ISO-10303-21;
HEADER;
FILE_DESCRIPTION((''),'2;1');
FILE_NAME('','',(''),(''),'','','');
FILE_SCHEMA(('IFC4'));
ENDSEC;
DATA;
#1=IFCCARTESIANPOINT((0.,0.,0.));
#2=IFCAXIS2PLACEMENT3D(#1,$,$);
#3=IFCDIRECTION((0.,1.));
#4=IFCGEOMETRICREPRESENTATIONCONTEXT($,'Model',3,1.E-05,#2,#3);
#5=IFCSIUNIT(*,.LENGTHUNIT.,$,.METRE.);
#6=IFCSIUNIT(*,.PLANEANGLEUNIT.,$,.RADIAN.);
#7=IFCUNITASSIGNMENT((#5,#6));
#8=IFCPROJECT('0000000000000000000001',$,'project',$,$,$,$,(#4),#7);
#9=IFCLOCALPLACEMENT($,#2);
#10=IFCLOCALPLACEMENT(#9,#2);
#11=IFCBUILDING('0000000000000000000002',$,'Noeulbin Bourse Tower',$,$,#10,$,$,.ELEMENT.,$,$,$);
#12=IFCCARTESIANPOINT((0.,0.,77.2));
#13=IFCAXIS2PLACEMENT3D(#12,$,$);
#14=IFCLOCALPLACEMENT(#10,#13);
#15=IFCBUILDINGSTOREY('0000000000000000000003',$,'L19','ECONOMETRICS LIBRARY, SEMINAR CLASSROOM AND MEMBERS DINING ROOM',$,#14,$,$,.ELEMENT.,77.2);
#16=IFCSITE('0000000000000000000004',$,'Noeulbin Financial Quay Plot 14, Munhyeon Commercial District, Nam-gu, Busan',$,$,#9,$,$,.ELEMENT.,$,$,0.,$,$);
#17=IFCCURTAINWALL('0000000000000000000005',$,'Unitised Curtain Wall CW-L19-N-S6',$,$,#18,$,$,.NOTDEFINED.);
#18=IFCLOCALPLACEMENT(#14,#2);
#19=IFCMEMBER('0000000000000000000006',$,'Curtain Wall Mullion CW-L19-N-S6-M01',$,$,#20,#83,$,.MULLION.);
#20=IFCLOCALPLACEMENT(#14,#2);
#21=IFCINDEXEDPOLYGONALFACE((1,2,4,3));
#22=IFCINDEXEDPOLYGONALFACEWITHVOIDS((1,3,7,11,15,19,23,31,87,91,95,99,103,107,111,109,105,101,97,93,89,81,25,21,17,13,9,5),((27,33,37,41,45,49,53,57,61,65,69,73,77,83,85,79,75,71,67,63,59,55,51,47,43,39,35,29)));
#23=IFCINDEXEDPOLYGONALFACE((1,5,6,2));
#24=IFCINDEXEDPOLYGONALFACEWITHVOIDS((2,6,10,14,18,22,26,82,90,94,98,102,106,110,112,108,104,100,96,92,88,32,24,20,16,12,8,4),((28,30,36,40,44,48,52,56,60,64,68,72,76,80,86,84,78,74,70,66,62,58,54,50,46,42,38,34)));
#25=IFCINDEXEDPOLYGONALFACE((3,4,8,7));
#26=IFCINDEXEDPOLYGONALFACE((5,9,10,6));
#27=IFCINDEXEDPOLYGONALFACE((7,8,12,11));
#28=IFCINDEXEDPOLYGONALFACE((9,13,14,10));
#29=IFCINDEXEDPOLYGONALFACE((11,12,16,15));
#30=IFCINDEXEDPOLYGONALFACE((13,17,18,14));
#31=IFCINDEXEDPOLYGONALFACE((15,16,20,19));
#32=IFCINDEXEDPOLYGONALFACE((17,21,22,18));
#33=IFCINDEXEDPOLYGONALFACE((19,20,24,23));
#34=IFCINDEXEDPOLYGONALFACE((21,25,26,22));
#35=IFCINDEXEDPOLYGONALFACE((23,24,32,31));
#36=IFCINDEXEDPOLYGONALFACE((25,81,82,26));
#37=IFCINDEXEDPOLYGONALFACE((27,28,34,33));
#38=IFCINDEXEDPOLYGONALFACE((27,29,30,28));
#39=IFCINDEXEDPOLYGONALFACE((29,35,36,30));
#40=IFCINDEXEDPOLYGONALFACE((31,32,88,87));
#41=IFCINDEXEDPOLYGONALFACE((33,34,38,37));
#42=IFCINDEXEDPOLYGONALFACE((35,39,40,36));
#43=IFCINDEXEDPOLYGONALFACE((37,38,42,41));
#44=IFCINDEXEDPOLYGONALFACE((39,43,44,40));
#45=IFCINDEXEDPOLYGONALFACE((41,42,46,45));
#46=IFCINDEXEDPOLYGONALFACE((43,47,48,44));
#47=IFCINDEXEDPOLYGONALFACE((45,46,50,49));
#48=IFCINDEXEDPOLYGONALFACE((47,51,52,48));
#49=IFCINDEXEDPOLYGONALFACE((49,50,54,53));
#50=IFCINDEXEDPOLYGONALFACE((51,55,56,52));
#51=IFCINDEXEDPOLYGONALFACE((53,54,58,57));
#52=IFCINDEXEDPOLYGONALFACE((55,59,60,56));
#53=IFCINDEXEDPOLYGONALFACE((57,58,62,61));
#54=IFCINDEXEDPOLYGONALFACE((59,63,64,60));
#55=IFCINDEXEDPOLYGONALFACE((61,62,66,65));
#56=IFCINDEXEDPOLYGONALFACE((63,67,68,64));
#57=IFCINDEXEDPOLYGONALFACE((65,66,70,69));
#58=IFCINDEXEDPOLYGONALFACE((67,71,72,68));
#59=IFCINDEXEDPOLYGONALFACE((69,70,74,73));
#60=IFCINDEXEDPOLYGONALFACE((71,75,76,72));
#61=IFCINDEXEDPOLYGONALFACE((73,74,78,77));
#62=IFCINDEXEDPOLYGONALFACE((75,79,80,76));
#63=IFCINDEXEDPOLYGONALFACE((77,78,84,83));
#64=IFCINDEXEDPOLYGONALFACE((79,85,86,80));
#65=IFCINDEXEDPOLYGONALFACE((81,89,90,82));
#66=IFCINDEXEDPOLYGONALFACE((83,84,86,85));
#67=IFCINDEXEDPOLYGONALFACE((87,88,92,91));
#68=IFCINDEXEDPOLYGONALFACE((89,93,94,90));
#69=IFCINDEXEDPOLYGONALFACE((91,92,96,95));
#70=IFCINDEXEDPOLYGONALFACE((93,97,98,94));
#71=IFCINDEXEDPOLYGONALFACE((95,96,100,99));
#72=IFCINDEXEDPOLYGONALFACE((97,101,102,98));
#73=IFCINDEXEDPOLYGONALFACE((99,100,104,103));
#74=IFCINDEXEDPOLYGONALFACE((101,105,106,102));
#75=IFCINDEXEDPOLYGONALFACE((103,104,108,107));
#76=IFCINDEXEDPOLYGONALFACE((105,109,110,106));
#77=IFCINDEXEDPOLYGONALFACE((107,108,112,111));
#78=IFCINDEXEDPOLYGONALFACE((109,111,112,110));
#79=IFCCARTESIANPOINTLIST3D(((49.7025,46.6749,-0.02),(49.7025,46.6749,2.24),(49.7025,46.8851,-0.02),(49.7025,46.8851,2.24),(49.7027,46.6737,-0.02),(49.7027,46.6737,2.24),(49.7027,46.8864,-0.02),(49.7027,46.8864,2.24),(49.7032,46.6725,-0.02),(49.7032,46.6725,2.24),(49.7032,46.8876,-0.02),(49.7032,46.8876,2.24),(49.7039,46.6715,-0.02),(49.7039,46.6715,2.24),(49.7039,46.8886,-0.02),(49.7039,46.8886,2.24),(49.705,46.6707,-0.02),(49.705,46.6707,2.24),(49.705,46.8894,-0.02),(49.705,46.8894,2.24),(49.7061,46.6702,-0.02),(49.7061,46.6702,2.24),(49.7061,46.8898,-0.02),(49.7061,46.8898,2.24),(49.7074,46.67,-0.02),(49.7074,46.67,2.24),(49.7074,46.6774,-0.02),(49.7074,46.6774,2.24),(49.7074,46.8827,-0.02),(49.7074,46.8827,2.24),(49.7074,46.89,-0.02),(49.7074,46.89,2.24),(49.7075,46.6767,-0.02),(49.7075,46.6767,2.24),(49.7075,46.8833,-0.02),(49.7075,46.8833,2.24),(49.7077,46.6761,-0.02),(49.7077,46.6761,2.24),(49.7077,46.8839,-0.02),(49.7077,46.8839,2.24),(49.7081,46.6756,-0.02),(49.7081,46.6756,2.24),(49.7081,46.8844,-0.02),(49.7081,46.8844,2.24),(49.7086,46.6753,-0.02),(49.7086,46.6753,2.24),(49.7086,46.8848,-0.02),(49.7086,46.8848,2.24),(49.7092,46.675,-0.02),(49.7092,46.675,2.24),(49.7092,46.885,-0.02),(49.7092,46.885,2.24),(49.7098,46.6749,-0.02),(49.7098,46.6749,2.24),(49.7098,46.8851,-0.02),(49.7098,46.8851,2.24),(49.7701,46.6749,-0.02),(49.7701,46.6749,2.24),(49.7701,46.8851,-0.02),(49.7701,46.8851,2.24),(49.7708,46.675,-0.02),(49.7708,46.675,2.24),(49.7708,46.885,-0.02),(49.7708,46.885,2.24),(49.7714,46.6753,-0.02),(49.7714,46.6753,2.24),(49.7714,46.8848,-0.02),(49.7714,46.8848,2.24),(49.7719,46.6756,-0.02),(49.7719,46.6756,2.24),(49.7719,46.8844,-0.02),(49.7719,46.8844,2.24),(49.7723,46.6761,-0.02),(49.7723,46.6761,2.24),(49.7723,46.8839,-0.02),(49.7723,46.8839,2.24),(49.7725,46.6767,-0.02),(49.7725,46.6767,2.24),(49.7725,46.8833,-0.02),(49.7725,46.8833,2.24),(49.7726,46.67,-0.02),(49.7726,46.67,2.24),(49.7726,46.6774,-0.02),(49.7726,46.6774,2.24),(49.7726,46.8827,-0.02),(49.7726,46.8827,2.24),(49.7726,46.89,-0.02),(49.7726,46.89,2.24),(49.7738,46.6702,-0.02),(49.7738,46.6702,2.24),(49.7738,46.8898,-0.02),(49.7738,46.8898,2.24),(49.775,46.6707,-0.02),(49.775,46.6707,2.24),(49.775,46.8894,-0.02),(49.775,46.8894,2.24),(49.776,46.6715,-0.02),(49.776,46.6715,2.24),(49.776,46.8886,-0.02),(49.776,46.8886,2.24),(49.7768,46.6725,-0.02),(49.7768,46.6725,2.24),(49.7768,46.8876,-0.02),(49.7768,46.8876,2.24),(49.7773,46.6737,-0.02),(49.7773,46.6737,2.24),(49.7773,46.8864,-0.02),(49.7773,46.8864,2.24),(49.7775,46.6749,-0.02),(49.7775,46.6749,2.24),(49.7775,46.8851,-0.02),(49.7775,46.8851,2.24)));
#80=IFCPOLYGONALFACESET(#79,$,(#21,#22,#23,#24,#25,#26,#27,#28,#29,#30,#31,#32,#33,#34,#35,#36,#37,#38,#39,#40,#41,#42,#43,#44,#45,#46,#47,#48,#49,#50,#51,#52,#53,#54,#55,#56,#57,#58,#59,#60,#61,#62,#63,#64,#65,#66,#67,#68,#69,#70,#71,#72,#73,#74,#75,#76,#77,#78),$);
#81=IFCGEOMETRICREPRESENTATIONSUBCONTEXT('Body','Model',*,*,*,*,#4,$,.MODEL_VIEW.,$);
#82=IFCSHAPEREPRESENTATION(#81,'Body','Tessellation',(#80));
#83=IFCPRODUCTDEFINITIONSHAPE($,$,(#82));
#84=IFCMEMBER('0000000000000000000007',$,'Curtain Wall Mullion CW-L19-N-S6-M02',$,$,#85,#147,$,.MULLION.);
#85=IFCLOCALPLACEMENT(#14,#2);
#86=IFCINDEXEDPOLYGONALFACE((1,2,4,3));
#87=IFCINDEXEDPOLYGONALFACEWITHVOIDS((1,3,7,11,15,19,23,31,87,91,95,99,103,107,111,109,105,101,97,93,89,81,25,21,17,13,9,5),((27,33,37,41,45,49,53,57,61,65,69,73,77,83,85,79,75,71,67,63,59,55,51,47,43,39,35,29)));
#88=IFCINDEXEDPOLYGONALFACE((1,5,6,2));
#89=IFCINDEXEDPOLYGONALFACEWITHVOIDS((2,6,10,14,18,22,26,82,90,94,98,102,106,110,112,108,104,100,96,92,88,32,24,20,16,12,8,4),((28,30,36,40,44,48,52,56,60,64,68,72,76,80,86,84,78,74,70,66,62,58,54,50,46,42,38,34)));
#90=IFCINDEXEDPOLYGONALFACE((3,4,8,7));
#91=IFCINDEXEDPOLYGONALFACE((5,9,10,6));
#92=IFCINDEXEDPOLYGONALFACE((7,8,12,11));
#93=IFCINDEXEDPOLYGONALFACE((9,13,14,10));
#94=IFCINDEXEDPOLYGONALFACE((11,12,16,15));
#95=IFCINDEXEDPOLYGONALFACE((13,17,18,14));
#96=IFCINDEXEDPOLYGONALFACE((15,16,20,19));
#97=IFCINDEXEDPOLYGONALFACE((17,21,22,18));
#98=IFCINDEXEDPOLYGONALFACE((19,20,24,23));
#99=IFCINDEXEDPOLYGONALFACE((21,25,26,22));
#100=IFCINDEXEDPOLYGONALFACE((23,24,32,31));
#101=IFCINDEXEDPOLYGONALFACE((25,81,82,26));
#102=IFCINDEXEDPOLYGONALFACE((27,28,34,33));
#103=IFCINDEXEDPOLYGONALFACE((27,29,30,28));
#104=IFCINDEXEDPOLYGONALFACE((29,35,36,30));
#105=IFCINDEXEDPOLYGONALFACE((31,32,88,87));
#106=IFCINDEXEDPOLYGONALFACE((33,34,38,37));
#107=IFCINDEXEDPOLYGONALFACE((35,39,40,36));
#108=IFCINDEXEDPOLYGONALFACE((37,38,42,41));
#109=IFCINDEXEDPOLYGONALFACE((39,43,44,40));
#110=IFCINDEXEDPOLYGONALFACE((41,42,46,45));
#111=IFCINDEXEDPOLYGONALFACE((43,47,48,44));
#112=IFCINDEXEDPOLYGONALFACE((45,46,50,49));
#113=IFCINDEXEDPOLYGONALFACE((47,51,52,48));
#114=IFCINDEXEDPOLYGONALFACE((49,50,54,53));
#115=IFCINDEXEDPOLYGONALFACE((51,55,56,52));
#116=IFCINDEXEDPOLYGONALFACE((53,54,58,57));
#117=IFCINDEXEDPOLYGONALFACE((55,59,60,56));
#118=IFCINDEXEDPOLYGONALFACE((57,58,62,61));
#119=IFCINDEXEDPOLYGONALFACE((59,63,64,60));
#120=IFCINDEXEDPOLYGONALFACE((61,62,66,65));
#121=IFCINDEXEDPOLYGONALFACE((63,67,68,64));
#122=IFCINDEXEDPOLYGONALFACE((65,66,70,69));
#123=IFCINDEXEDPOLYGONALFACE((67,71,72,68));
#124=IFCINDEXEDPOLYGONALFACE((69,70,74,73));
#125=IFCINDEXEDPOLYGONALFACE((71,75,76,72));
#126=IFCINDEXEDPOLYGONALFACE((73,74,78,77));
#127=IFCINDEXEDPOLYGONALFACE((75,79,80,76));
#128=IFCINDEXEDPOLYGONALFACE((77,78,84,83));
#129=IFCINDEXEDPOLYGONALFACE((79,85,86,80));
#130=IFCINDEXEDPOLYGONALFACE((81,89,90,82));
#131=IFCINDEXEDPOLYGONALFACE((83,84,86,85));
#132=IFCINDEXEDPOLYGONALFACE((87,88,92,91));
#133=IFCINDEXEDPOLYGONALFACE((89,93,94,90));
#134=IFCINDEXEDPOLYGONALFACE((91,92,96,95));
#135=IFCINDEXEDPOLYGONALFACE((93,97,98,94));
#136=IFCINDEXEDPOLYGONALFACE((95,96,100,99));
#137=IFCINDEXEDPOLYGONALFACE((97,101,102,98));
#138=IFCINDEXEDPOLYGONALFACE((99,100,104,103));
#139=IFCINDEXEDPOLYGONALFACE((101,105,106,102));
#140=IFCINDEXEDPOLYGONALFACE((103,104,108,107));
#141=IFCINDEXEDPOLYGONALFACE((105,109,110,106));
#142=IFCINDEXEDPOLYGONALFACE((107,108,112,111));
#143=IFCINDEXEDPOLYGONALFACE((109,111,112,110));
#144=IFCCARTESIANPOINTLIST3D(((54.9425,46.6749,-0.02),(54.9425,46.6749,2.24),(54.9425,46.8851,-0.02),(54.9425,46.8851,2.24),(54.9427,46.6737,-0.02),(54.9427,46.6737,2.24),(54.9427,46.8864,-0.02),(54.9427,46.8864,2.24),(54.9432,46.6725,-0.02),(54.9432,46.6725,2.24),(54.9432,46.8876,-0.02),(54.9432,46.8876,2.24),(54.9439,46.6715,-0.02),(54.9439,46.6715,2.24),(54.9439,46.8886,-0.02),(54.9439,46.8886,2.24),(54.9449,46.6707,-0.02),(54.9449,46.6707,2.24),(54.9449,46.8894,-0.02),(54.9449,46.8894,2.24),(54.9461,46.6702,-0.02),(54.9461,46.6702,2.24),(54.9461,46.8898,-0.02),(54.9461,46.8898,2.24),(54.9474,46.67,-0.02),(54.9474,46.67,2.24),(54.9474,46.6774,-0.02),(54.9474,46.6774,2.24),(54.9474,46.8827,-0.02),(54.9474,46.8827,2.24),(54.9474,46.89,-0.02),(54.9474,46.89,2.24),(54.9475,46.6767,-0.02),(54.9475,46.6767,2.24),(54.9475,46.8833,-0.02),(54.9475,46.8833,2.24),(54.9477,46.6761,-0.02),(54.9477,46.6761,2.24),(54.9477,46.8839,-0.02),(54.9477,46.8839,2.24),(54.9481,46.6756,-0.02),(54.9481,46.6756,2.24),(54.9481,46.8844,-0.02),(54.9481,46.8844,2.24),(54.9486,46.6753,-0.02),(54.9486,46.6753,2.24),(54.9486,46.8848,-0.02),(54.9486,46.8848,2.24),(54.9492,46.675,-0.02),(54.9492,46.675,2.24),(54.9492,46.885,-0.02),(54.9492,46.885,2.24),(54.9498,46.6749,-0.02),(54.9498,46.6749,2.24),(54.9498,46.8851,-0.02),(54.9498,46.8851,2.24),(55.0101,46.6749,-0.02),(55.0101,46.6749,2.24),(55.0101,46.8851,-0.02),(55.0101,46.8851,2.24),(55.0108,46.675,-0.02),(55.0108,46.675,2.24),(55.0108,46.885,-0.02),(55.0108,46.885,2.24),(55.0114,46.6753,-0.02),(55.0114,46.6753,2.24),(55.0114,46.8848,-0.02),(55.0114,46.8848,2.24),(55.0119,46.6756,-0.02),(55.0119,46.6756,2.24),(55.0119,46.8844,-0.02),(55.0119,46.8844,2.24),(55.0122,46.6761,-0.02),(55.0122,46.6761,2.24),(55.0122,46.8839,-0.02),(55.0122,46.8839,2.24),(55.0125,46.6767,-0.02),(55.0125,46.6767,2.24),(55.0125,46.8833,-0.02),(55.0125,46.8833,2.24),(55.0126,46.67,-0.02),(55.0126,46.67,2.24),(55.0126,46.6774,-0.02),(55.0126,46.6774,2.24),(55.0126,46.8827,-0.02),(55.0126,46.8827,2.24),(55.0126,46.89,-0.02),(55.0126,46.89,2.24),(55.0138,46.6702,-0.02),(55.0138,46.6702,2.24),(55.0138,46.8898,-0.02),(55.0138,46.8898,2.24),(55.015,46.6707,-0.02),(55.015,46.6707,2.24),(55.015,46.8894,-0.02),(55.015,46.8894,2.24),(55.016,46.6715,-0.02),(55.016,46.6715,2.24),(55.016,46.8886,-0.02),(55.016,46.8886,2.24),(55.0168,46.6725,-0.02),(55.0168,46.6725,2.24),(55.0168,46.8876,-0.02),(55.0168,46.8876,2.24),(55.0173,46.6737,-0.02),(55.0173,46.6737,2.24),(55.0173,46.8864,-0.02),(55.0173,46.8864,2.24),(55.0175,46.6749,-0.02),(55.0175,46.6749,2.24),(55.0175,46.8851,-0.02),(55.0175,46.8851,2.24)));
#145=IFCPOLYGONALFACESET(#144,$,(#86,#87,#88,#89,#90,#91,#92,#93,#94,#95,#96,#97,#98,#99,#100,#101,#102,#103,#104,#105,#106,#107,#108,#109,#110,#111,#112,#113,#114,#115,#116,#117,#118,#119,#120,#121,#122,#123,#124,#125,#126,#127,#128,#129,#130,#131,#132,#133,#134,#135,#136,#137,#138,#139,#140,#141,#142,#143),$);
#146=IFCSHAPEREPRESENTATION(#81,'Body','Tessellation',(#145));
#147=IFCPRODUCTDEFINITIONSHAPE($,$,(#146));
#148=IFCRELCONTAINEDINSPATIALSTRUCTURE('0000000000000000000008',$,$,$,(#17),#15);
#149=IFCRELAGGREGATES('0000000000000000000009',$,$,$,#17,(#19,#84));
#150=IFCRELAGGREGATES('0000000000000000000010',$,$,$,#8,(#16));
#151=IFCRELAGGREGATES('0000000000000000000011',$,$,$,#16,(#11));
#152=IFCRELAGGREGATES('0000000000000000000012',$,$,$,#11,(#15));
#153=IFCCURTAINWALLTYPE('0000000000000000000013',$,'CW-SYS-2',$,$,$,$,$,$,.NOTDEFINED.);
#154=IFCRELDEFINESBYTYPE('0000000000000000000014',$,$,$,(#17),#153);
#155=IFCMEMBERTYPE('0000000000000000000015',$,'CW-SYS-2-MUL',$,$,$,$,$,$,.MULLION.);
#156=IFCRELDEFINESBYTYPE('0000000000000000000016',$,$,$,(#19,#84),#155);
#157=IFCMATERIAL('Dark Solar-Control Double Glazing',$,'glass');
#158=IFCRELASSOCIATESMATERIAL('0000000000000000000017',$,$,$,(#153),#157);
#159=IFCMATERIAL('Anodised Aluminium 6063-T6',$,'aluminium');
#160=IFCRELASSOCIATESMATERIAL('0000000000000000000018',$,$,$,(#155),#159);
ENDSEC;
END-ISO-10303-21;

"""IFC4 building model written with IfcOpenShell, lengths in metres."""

from ifc_helpers import new_model, si_unit, direction, frame, origin, origin_2d, place, context, subcontext, project, spatial, hollow_rectangle, extrude, material, material_profile, profile_set, type_object, element, aggregate, save


model = new_model("IFC4")

# Units and contexts
model_context = context("Model", 3, precision=1e-05, world=origin(), true_north=direction((0.0, 1.0)))
body_context = subcontext(model_context, "Body", "Model", "MODEL_VIEW")
ifc_project = project(units=[si_unit("LENGTHUNIT", "METRE"), si_unit("PLANEANGLEUNIT", "RADIAN")], contexts=[model_context])

# Site, building, storey
site_placement = place(None, origin())
site = spatial("IfcSite", under=ifc_project, at=site_placement, Name="Noeulbin Financial Quay Plot 14, Munhyeon Commercial District, Nam-gu, Busan", CompositionType="ELEMENT", RefElevation=0.0)
building_placement = place(site_placement, origin())
building = spatial("IfcBuilding", under=site, at=building_placement, Name="Noeulbin Bourse Tower", CompositionType="ELEMENT")
storey_placement = place(building_placement, frame((0.0, 0.0, 77.2)))
storey = spatial("IfcBuildingStorey", under=building, at=storey_placement, Name="L19", Description="ECONOMETRICS LIBRARY, SEMINAR CLASSROOM AND MEMBERS DINING ROOM", CompositionType="ELEMENT", Elevation=77.2)

# Shared definitions
ifc_material_1 = material(Name="Dark Solar-Control Double Glazing", Category="glass")
curtain_wall_type = type_object("IfcCurtainWallType", Name="CW-SYS-2", PredefinedType="NOTDEFINED", material=ifc_material_1)
ifc_material_2 = material(Name="Anodised Aluminium 6063-T6", Category="aluminium")
ifc_material_profile_1 = material_profile(ifc_material_2, hollow_rectangle(XDim=0.075, YDim=0.22, WallThickness=0.0049, InnerFilletRadius=0.0024, OuterFilletRadius=0.0049, at=origin_2d()), Name="ALU-MULL-75x220x5", Category="LoadBearing")
ifc_profile_set_1 = profile_set([ifc_material_profile_1], Name="Anodised Aluminium 6063-T6")
member_type_1 = type_object("IfcMemberType", Name="CW-SYS-2-MUL", PredefinedType="MULLION", material=ifc_profile_set_1)

# Curtain wall, members
curtain_wall_1_placement = place(storey_placement, origin())
curtain_wall_1 = element("IfcCurtainWall", 1, at=curtain_wall_1_placement, inside=storey, type_object=curtain_wall_type, Name="Unitised Curtain Wall CW-L19-N-S6", PredefinedType="NOTDEFINED")
member_1_placement = place(storey_placement, frame((49.74, 46.78, -0.02), z_axis=(0.0, 0.0, 1.0), x_axis=(1.0, 0.0, 0.0)))
member_1 = element("IfcMember", 2, at=member_1_placement, type_object=member_type_1, Name="Curtain Wall Mullion CW-L19-N-S6-M01", PredefinedType="MULLION", context=body_context, shape_type="SweptSolid", body=[
    extrude(hollow_rectangle(XDim=0.075, YDim=0.22, WallThickness=0.0049, InnerFilletRadius=0.0024, OuterFilletRadius=0.0049, at=origin_2d()), origin(), (0.0, 0.0, 1.0), 2.26),
])
member_2_placement = place(storey_placement, frame((54.98, 46.78, -0.02), z_axis=(0.0, 0.0, 1.0), x_axis=(1.0, 0.0, 0.0)))
member_2 = element("IfcMember", 3, at=member_2_placement, type_object=member_type_1, Name="Curtain Wall Mullion CW-L19-N-S6-M02", PredefinedType="MULLION", context=body_context, shape_type="SweptSolid", body=[
    extrude(hollow_rectangle(XDim=0.075, YDim=0.22, WallThickness=0.0049, InnerFilletRadius=0.0024, OuterFilletRadius=0.0049, at=origin_2d()), origin(), (0.0, 0.0, 1.0), 2.26),
])

aggregate(curtain_wall_1, [member_1, member_2])

save(model, "model.ifc")
